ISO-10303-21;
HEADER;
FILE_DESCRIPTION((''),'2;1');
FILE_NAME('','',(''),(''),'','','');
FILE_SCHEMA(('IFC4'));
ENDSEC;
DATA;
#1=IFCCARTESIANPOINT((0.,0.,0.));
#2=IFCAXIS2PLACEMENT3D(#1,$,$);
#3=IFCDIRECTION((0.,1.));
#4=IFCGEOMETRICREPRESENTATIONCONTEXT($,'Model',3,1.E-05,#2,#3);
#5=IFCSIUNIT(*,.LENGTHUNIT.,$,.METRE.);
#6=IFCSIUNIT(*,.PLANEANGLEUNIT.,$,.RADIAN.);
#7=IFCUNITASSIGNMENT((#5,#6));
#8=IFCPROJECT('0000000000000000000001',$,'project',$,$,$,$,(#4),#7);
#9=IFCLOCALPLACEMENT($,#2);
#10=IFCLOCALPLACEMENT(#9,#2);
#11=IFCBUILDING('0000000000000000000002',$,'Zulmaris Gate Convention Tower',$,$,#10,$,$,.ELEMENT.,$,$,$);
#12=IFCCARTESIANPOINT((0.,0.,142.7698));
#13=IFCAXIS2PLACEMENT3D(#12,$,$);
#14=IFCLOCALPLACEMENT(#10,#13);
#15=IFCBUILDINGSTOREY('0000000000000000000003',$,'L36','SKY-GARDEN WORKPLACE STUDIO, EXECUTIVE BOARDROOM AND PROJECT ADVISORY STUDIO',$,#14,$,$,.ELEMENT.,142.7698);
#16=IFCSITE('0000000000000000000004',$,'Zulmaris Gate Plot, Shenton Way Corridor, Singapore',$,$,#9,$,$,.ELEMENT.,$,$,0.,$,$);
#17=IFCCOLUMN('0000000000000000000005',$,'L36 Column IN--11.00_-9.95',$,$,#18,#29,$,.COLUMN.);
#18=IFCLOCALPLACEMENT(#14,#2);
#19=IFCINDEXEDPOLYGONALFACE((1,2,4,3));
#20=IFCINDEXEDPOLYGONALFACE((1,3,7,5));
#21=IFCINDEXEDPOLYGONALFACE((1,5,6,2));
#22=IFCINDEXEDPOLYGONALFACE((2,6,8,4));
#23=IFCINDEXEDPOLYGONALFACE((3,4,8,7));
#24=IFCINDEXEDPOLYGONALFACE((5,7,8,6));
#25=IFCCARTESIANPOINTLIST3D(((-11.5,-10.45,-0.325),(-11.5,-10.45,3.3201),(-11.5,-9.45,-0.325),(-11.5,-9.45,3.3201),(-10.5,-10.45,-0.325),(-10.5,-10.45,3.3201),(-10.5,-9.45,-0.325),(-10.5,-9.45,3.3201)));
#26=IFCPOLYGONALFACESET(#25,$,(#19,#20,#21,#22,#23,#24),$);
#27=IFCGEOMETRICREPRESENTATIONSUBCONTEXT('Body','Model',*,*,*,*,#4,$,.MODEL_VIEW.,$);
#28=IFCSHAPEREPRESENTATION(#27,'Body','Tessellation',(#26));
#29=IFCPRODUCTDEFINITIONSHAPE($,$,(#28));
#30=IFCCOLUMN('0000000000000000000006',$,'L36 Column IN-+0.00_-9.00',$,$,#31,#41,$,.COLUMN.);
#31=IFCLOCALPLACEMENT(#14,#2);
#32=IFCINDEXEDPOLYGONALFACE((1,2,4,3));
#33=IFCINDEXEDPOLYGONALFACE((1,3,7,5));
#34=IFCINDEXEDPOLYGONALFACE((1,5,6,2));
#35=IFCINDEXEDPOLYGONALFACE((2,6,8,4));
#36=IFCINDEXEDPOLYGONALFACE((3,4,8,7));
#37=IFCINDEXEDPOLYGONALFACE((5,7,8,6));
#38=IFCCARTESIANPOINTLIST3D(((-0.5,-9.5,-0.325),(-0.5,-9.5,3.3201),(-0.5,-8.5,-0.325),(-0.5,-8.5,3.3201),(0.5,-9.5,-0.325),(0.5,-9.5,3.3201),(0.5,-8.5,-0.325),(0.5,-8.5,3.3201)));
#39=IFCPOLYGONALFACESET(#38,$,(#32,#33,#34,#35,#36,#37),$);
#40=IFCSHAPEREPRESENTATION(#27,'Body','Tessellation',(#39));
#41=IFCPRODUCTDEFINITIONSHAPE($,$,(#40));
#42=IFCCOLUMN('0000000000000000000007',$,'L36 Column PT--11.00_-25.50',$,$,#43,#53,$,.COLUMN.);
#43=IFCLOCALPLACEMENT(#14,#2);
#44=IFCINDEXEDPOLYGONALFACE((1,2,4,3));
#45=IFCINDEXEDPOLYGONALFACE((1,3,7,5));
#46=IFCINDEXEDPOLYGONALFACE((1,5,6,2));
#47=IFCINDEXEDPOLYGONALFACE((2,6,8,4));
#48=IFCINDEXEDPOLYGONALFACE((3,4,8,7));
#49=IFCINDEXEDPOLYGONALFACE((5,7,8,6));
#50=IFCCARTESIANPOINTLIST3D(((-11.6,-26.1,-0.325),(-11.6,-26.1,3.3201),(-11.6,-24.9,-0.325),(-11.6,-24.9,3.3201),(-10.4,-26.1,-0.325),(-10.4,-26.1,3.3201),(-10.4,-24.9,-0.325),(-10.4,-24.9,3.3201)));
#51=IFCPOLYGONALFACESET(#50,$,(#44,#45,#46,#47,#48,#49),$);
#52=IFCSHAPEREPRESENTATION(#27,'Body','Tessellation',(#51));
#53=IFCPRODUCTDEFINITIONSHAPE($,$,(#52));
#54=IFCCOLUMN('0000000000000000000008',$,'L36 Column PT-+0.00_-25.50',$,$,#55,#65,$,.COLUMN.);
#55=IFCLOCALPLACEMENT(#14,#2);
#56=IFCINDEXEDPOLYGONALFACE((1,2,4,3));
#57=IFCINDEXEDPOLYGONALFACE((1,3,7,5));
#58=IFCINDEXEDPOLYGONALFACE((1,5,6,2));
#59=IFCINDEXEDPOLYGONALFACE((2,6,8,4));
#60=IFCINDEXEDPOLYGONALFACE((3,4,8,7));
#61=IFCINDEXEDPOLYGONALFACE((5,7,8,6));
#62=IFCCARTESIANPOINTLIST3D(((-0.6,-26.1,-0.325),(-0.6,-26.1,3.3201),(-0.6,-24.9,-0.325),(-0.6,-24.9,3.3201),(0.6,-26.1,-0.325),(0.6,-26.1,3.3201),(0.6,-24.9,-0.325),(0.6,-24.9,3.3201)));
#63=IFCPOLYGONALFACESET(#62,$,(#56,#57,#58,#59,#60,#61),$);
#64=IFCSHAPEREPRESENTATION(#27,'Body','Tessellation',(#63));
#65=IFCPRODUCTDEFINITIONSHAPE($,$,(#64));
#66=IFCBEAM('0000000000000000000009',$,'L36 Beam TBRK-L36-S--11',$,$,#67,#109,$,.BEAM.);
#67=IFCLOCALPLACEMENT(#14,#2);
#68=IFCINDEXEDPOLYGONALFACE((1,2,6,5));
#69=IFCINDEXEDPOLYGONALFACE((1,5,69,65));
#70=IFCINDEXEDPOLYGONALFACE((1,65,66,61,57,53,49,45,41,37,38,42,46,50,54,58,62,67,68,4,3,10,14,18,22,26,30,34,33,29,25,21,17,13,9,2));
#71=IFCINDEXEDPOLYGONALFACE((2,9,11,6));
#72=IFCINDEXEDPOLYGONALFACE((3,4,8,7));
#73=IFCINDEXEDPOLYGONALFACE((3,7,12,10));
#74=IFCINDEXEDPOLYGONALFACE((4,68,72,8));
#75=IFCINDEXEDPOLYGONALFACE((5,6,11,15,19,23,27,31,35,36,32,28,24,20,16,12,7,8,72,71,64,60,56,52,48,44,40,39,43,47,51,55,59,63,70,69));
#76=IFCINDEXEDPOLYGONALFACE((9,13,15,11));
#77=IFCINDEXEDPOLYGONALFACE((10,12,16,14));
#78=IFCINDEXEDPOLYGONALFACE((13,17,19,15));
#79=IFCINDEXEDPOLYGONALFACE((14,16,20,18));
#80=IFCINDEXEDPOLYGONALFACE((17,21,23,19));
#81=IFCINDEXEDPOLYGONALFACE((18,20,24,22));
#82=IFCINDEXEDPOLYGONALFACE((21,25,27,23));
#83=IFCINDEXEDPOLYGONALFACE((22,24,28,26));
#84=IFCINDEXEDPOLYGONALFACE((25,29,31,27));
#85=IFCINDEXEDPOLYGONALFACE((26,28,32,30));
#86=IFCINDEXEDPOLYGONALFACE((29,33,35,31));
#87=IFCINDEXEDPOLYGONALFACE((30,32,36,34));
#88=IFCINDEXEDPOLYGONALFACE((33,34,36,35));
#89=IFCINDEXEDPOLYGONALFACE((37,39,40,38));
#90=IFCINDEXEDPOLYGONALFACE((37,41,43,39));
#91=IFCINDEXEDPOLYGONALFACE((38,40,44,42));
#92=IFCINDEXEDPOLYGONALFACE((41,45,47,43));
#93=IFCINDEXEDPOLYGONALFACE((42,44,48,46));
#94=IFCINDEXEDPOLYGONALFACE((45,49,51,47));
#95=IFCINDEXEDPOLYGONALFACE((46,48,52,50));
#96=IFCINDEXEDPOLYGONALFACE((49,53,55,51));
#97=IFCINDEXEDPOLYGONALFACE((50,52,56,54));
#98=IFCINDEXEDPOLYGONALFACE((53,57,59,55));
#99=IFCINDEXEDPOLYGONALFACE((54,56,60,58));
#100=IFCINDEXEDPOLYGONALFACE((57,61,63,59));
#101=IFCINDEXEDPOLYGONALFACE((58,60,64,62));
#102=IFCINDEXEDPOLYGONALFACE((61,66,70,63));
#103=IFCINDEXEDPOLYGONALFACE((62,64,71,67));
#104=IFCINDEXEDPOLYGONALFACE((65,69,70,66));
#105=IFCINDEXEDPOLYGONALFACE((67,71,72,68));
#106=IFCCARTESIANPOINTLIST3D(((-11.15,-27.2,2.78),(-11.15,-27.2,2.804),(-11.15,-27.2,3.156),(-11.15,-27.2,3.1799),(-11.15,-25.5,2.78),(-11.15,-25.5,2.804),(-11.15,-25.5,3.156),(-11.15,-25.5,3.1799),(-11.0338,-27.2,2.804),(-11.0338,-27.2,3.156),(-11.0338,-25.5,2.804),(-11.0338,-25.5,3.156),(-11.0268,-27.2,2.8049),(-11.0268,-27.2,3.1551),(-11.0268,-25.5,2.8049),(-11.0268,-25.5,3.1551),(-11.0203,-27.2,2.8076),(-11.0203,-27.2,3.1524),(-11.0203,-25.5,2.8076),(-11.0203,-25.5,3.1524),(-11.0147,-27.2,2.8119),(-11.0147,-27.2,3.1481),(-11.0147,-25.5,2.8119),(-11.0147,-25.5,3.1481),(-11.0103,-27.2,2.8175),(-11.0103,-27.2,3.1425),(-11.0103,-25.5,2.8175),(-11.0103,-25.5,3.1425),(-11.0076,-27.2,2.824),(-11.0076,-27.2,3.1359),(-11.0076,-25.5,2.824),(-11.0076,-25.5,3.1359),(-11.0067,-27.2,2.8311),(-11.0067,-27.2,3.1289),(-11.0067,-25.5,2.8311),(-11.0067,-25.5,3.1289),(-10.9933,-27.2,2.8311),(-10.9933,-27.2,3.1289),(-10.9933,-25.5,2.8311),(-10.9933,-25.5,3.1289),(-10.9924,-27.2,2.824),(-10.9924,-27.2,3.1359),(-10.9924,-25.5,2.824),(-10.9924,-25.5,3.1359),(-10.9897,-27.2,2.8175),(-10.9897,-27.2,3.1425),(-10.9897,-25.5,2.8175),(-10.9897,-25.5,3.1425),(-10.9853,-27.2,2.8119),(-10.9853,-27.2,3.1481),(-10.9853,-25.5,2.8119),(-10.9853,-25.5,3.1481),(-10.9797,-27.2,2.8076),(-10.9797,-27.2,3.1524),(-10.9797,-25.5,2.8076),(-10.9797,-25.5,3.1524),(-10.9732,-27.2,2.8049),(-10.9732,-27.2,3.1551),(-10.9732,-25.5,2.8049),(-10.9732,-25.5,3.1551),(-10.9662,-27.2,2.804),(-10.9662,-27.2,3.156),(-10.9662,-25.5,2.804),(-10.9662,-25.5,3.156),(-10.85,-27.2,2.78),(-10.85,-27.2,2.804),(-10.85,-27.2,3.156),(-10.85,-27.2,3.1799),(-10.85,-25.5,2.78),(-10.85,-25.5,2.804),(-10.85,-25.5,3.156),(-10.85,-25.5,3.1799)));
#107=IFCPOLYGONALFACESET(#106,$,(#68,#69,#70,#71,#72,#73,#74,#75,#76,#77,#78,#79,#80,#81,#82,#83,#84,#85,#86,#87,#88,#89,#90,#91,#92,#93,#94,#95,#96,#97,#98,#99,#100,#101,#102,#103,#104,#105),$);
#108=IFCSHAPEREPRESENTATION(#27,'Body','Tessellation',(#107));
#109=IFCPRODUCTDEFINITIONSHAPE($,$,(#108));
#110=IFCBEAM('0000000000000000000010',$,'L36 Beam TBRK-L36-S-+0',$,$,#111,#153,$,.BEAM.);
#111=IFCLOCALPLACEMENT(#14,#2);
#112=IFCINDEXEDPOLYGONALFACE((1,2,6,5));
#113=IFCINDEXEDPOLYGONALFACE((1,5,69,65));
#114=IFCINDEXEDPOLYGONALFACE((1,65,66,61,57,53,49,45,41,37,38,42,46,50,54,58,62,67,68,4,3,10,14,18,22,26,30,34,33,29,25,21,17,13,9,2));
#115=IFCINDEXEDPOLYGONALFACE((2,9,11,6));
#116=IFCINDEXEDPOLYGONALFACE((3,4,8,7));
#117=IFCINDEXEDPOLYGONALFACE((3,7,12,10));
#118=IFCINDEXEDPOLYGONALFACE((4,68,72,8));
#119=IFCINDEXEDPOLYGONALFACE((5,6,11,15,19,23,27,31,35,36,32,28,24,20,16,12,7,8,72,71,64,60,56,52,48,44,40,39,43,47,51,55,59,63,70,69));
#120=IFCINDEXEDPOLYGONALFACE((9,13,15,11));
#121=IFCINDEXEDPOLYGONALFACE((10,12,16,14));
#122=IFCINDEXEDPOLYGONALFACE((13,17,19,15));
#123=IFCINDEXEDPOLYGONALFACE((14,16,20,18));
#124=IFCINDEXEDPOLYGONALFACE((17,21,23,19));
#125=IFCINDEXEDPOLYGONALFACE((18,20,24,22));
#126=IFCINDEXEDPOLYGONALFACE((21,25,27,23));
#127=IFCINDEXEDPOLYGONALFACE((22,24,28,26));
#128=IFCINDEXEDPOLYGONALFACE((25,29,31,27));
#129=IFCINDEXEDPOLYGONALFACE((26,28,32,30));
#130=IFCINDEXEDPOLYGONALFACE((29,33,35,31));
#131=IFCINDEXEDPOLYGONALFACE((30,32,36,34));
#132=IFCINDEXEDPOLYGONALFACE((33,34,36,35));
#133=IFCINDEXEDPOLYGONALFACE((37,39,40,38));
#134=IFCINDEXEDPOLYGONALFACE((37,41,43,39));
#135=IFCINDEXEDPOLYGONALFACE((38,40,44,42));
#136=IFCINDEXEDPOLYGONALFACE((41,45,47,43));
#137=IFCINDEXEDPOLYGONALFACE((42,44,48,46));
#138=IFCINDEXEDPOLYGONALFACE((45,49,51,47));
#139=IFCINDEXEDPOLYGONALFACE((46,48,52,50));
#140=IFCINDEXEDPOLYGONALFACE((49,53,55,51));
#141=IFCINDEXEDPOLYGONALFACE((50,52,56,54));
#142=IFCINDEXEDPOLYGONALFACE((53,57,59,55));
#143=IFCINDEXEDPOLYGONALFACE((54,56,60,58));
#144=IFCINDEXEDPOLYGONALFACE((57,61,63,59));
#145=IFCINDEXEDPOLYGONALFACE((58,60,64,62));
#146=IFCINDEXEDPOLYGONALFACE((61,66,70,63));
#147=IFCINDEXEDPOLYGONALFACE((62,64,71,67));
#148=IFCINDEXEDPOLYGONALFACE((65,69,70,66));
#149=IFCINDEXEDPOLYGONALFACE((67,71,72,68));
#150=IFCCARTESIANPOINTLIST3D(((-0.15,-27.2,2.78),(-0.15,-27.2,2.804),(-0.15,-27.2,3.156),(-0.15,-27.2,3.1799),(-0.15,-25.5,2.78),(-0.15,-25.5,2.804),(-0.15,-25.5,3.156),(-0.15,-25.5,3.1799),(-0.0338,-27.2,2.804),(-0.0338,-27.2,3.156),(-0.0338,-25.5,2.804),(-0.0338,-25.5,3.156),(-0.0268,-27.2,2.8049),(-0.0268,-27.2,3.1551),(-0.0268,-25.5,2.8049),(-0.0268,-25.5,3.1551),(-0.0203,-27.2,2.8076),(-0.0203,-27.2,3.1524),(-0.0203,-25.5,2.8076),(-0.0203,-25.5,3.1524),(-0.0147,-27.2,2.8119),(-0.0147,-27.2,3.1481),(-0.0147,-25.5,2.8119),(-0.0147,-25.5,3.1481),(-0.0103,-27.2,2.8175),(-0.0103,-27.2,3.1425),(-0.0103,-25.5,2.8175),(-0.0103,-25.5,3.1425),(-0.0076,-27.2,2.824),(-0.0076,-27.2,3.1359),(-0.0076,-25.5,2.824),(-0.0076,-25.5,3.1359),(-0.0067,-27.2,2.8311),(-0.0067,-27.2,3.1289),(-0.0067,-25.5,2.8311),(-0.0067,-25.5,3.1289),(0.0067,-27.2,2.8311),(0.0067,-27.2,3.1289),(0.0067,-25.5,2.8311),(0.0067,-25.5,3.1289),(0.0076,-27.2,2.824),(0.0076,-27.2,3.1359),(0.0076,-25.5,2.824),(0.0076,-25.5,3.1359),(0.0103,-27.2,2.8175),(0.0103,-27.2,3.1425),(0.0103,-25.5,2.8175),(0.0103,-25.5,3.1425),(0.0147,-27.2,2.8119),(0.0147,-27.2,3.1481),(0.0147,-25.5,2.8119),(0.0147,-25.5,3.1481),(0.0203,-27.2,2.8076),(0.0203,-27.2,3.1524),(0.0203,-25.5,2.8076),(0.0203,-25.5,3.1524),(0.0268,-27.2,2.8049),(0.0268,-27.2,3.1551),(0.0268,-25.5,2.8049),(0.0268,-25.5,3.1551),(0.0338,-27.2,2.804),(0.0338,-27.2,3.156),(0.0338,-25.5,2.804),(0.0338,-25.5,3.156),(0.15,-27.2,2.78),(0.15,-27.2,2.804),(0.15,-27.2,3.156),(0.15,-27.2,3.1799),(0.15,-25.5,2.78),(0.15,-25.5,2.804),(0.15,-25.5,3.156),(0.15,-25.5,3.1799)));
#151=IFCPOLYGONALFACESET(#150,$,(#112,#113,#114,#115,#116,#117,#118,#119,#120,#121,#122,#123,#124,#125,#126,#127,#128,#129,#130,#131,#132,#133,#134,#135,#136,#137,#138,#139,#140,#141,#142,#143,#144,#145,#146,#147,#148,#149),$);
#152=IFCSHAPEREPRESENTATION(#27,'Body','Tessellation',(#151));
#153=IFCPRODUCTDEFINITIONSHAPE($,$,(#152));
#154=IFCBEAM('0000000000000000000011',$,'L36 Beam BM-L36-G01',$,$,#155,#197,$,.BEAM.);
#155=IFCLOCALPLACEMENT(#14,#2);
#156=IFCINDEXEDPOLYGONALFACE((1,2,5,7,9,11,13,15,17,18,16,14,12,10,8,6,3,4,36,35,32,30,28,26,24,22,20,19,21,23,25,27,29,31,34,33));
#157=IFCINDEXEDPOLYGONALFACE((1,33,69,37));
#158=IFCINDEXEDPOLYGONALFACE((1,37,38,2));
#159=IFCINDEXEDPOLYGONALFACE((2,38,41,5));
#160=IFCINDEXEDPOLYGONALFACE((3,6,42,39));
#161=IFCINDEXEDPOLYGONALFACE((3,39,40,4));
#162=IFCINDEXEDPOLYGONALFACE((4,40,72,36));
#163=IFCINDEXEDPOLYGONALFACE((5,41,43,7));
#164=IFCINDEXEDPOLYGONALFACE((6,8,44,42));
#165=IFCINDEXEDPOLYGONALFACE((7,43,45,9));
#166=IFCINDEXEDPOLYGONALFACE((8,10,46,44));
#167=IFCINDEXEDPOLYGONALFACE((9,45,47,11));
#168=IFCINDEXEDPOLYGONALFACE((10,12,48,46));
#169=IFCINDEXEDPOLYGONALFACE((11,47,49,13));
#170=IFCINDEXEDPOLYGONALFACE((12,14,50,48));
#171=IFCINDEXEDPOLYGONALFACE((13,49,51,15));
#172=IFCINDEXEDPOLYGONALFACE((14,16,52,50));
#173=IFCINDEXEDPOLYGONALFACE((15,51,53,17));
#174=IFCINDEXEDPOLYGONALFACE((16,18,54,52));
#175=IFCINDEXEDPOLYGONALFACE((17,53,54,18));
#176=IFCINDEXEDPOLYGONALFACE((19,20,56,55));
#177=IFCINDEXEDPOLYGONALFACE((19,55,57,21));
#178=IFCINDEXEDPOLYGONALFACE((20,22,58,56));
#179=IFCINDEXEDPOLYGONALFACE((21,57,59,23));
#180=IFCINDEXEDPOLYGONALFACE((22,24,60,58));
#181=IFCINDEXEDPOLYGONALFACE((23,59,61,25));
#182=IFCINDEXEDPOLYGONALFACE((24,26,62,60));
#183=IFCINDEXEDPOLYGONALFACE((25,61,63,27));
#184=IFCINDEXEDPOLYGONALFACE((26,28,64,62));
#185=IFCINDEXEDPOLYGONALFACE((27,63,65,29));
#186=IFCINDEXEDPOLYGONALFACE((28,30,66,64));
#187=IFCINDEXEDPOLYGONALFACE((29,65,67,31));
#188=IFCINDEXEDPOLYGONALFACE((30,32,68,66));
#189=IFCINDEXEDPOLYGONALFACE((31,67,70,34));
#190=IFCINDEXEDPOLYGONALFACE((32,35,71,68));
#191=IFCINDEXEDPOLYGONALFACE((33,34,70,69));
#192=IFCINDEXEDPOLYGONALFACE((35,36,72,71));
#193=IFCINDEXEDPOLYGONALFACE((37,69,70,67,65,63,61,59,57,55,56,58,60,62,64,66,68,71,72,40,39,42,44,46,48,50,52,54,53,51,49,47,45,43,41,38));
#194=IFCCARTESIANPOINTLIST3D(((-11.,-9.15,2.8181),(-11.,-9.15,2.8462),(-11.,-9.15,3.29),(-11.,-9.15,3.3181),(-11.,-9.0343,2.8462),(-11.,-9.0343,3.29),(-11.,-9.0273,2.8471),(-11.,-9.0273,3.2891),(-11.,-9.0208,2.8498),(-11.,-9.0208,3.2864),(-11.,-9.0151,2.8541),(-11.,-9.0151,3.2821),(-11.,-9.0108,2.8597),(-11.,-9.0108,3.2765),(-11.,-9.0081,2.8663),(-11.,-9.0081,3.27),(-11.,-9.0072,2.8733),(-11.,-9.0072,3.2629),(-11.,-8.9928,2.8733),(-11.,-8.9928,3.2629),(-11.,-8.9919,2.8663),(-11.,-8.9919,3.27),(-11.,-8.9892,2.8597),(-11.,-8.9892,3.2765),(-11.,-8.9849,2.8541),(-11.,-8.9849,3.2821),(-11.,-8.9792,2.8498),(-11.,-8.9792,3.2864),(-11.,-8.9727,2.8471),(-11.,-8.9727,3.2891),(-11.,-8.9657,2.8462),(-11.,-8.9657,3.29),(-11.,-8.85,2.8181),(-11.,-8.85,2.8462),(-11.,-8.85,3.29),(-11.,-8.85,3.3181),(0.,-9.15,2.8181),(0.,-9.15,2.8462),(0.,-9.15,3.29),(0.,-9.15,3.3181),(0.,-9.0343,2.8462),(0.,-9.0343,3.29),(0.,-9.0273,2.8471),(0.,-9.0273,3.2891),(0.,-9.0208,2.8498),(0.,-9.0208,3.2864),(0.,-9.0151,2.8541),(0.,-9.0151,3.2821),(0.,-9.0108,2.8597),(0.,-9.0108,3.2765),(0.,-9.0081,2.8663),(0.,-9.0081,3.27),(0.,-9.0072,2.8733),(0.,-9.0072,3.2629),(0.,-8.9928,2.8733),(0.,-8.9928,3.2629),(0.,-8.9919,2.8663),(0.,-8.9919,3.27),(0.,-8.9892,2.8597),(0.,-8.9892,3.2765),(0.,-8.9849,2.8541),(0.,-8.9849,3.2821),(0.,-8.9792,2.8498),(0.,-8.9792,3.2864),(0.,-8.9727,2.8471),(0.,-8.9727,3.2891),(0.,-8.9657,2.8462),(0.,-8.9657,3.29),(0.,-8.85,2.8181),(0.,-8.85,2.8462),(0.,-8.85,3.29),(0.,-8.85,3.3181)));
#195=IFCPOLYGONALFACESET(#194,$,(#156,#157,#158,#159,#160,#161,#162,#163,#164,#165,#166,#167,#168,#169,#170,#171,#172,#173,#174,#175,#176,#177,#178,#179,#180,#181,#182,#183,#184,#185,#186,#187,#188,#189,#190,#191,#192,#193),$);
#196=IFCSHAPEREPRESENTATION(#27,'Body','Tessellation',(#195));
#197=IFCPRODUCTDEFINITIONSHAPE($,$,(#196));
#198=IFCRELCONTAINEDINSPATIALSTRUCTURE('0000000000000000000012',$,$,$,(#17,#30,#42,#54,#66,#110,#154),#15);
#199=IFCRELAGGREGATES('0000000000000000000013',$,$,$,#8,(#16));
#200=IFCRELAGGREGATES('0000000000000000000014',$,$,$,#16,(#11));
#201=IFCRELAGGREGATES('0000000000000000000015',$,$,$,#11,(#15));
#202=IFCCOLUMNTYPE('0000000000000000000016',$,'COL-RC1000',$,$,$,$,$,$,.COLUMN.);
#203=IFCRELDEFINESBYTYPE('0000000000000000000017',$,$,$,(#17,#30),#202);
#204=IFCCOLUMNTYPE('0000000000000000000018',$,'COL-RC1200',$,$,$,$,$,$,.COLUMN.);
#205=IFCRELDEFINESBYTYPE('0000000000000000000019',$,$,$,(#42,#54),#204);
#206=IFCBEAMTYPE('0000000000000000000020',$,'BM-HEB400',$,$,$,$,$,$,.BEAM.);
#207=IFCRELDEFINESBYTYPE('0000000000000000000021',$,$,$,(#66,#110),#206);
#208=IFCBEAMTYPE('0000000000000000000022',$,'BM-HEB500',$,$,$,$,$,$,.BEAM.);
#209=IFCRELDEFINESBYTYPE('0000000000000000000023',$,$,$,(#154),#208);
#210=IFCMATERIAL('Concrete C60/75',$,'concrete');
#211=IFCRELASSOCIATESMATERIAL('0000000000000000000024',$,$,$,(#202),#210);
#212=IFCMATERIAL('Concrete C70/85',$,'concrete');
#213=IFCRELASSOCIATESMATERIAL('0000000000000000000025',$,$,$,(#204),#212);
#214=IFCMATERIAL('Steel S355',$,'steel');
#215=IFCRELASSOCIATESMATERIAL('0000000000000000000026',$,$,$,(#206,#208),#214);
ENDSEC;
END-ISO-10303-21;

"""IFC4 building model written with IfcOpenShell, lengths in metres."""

from ifc_helpers import new_model, si_unit, direction, frame, origin, origin_2d, place, context, subcontext, project, spatial, rectangle, i_section, extrude, material, material_profile, profile_set, type_object, element, save


model = new_model("IFC4")

# Units and contexts
model_context = context("Model", 3, precision=1e-05, world=origin(), true_north=direction((0.0, 1.0)))
body_context = subcontext(model_context, "Body", "Model", "MODEL_VIEW")
ifc_project = project(units=[si_unit("LENGTHUNIT", "METRE"), si_unit("PLANEANGLEUNIT", "RADIAN")], contexts=[model_context])

# Site, building, storey
site_placement = place(None, origin())
site = spatial("IfcSite", under=ifc_project, at=site_placement, Name="Zulmaris Gate Plot, Shenton Way Corridor, Singapore", CompositionType="ELEMENT", RefElevation=0.0)
building_placement = place(site_placement, origin())
building = spatial("IfcBuilding", under=site, at=building_placement, Name="Zulmaris Gate Convention Tower", CompositionType="ELEMENT")
storey_placement = place(building_placement, frame((0.0, 0.0, 142.7698)))
storey = spatial("IfcBuildingStorey", under=building, at=storey_placement, Name="L36", Description="SKY-GARDEN WORKPLACE STUDIO, EXECUTIVE BOARDROOM AND PROJECT ADVISORY STUDIO", CompositionType="ELEMENT", Elevation=142.7698)

# Columns
ifc_material_1 = material(Name="Concrete C60/75", Category="concrete")
ifc_material_profile_1 = material_profile(ifc_material_1, rectangle(XDim=1.0, YDim=1.0, at=origin_2d()), Name="RC COL 1000x1000")
ifc_profile_set_1 = profile_set([ifc_material_profile_1], Name="Concrete C60/75")
column_type_1 = type_object("IfcColumnType", Name="COL-RC1000", PredefinedType="COLUMN", material=ifc_profile_set_1)
for number, where, z_axis, x_axis, name in (
    (1, (-11.0, -9.95, -0.325), (0.0, 0.0, 1.0), (1.0, 0.0, 0.0), "L36 Column IN--11.00_-9.95"),
    (2, (0.0, -9.0, -0.325), (0.0, 0.0, 1.0), (1.0, 0.0, 0.0), "L36 Column IN-+0.00_-9.00"),
):
    element("IfcColumn", number, at=place(storey_placement, frame(where, z_axis=z_axis, x_axis=x_axis)), inside=storey, type_object=column_type_1, Name=name, PredefinedType="COLUMN", context=body_context, shape_type="SweptSolid", body=[
        extrude(rectangle(XDim=1.0, YDim=1.0, at=origin_2d()), origin(), (0.0, 0.0, 1.0), 3.645),
    ])
ifc_material_2 = material(Name="Concrete C70/85", Category="concrete")
ifc_material_profile_2 = material_profile(ifc_material_2, rectangle(XDim=1.2, YDim=1.2, at=origin_2d()), Name="RC COL 1200x1200")
ifc_profile_set_2 = profile_set([ifc_material_profile_2], Name="Concrete C70/85")
column_type_2 = type_object("IfcColumnType", Name="COL-RC1200", PredefinedType="COLUMN", material=ifc_profile_set_2)
for number, where, z_axis, x_axis, name in (
    (3, (-11.0, -25.5, -0.325), (0.0, 0.0, 1.0), (1.0, 0.0, 0.0), "L36 Column PT--11.00_-25.50"),
    (4, (0.0, -25.5, -0.325), (0.0, 0.0, 1.0), (1.0, 0.0, 0.0), "L36 Column PT-+0.00_-25.50"),
):
    element("IfcColumn", number, at=place(storey_placement, frame(where, z_axis=z_axis, x_axis=x_axis)), inside=storey, type_object=column_type_2, Name=name, PredefinedType="COLUMN", context=body_context, shape_type="SweptSolid", body=[
        extrude(rectangle(XDim=1.2, YDim=1.2, at=origin_2d()), origin(), (0.0, 0.0, 1.0), 3.645),
    ])

# Beams
ifc_material_3 = material(Name="Steel S355", Category="steel")
ifc_material_profile_3 = material_profile(ifc_material_3, i_section(OverallWidth=0.3, OverallDepth=0.3999, WebThickness=0.0134, FlangeThickness=0.0239, FilletRadius=0.0271, at=origin_2d()), Name="HEB 400")
ifc_profile_set_3 = profile_set([ifc_material_profile_3], Name="Steel S355")
beam_type_1 = type_object("IfcBeamType", Name="BM-HEB400", PredefinedType="BEAM", material=ifc_profile_set_3)
for number, where, z_axis, x_axis, name in (
    (5, (-11.0, -27.2, 2.98), (0.0, 1.0, 0.0), (-1.0, 0.0, 0.0), "L36 Beam TBRK-L36-S--11"),
    (6, (0.0, -27.2, 2.98), (0.0, 1.0, 0.0), (-1.0, 0.0, 0.0), "L36 Beam TBRK-L36-S-+0"),
):
    element("IfcBeam", number, at=place(storey_placement, frame(where, z_axis=z_axis, x_axis=x_axis)), inside=storey, type_object=beam_type_1, Name=name, PredefinedType="BEAM", context=body_context, shape_type="SweptSolid", body=[
        extrude(i_section(OverallWidth=0.3, OverallDepth=0.3999, WebThickness=0.0134, FlangeThickness=0.0239, FilletRadius=0.0271, at=origin_2d()), origin(), (0.0, 0.0, 1.0), 1.7),
    ])
ifc_material_profile_4 = material_profile(ifc_material_3, i_section(OverallWidth=0.3, OverallDepth=0.5, WebThickness=0.0144, FlangeThickness=0.0281, FilletRadius=0.0271, at=origin_2d()), Name="HEB 500")
ifc_profile_set_4 = profile_set([ifc_material_profile_4], Name="Steel S355")
beam_type_2 = type_object("IfcBeamType", Name="BM-HEB500", PredefinedType="BEAM", material=ifc_profile_set_4)
for number, where, z_axis, x_axis, name in (
    (7, (-11.0, -9.0, 3.0681), (1.0, 0.0, 0.0), (0.0, 1.0, 0.0), "L36 Beam BM-L36-G01"),
):
    element("IfcBeam", number, at=place(storey_placement, frame(where, z_axis=z_axis, x_axis=x_axis)), inside=storey, type_object=beam_type_2, Name=name, PredefinedType="BEAM", context=body_context, shape_type="SweptSolid", body=[
        extrude(i_section(OverallWidth=0.3, OverallDepth=0.5, WebThickness=0.0144, FlangeThickness=0.0281, FilletRadius=0.0271, at=origin_2d()), origin(), (0.0, 0.0, 1.0), 11.0),
    ])

save(model, "model.ifc")
